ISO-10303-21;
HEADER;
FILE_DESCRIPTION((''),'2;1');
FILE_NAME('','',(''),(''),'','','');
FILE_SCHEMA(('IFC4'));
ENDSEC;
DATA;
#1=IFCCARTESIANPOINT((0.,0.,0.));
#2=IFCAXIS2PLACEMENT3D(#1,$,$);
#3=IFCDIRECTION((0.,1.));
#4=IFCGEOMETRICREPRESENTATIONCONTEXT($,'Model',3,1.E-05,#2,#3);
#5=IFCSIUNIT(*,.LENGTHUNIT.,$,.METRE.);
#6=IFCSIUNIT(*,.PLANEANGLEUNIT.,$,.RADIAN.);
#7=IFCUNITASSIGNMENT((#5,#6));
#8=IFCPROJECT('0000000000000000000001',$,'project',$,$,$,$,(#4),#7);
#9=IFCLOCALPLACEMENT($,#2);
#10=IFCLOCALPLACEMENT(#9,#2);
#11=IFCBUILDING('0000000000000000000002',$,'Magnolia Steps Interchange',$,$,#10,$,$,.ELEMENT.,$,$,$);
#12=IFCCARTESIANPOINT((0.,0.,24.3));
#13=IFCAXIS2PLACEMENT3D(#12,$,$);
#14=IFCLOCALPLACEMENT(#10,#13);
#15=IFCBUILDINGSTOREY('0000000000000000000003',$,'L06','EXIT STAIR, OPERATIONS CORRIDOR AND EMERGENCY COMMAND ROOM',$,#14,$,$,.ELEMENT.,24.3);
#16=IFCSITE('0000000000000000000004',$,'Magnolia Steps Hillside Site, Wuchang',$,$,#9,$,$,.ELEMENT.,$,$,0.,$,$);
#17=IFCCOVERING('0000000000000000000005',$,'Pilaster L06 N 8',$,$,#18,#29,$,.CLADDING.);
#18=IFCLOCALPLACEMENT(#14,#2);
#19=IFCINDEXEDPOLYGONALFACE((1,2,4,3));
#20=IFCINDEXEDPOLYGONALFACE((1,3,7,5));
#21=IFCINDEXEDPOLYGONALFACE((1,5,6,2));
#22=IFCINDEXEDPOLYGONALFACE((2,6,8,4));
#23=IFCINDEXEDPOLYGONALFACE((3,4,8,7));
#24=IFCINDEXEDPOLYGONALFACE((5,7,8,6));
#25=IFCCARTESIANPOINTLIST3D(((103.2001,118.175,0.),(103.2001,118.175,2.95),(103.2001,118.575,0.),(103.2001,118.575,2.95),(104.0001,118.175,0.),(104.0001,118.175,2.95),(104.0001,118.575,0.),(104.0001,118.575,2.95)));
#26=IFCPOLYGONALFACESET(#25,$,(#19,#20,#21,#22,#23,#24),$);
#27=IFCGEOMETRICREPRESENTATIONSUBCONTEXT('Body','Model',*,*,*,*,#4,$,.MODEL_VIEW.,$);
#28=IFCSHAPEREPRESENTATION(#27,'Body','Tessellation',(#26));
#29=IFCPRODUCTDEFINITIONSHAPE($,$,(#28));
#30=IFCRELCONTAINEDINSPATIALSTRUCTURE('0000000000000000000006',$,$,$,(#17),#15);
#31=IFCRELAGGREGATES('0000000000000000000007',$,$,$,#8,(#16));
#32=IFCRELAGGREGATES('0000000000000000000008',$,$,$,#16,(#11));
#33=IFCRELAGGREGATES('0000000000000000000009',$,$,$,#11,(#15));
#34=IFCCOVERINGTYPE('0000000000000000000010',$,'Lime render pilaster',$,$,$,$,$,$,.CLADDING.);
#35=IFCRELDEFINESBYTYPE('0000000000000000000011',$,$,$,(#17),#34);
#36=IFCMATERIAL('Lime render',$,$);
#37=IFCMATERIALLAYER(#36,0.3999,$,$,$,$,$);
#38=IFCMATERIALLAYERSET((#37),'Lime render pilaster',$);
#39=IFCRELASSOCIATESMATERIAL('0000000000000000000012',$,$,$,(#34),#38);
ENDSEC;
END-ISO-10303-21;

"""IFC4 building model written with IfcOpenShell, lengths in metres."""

from ifc_helpers import new_model, si_unit, direction, frame, origin, origin_2d, place, context, subcontext, project, spatial, rectangle, extrude, material, layer, layer_set, type_object, element, save


model = new_model("IFC4")

# Units and contexts
model_context = context("Model", 3, precision=1e-05, world=origin(), true_north=direction((0.0, 1.0)))
body_context = subcontext(model_context, "Body", "Model", "MODEL_VIEW")
ifc_project = project(units=[si_unit("LENGTHUNIT", "METRE"), si_unit("PLANEANGLEUNIT", "RADIAN")], contexts=[model_context])

# Site, building, storey
site_placement = place(None, origin())
site = spatial("IfcSite", under=ifc_project, at=site_placement, Name="Magnolia Steps Hillside Site, Wuchang", CompositionType="ELEMENT", RefElevation=0.0)
building_placement = place(site_placement, origin())
building = spatial("IfcBuilding", under=site, at=building_placement, Name="Magnolia Steps Interchange", CompositionType="ELEMENT")
storey_placement = place(building_placement, frame((0.0, 0.0, 24.3)))
storey = spatial("IfcBuildingStorey", under=building, at=storey_placement, Name="L06", Description="EXIT STAIR, OPERATIONS CORRIDOR AND EMERGENCY COMMAND ROOM", CompositionType="ELEMENT", Elevation=24.3)

# Covering
ifc_material_1 = material(Name="Lime render")
ifc_layer_1 = layer(ifc_material_1, 0.3999)
ifc_layer_set_1 = layer_set([ifc_layer_1], Name="Lime render pilaster")
covering_type_1 = type_object("IfcCoveringType", Name="Lime render pilaster", PredefinedType="CLADDING", material=ifc_layer_set_1)
for number, where, z_axis, x_axis, name in (
    (1, (103.6001, 118.375, 0.0), (0.0, 0.0, 1.0), (1.0, 0.0, 0.0), "Pilaster L06 N 8"),
):
    element("IfcCovering", number, at=place(storey_placement, frame(where, z_axis=z_axis, x_axis=x_axis)), inside=storey, type_object=covering_type_1, Name=name, PredefinedType="CLADDING", context=body_context, shape_type="SweptSolid", body=[
        extrude(rectangle(XDim=0.8, YDim=0.3999, at=origin_2d()), origin(), (0.0, 0.0, 1.0), 2.95),
    ])

save(model, "model.ifc")
